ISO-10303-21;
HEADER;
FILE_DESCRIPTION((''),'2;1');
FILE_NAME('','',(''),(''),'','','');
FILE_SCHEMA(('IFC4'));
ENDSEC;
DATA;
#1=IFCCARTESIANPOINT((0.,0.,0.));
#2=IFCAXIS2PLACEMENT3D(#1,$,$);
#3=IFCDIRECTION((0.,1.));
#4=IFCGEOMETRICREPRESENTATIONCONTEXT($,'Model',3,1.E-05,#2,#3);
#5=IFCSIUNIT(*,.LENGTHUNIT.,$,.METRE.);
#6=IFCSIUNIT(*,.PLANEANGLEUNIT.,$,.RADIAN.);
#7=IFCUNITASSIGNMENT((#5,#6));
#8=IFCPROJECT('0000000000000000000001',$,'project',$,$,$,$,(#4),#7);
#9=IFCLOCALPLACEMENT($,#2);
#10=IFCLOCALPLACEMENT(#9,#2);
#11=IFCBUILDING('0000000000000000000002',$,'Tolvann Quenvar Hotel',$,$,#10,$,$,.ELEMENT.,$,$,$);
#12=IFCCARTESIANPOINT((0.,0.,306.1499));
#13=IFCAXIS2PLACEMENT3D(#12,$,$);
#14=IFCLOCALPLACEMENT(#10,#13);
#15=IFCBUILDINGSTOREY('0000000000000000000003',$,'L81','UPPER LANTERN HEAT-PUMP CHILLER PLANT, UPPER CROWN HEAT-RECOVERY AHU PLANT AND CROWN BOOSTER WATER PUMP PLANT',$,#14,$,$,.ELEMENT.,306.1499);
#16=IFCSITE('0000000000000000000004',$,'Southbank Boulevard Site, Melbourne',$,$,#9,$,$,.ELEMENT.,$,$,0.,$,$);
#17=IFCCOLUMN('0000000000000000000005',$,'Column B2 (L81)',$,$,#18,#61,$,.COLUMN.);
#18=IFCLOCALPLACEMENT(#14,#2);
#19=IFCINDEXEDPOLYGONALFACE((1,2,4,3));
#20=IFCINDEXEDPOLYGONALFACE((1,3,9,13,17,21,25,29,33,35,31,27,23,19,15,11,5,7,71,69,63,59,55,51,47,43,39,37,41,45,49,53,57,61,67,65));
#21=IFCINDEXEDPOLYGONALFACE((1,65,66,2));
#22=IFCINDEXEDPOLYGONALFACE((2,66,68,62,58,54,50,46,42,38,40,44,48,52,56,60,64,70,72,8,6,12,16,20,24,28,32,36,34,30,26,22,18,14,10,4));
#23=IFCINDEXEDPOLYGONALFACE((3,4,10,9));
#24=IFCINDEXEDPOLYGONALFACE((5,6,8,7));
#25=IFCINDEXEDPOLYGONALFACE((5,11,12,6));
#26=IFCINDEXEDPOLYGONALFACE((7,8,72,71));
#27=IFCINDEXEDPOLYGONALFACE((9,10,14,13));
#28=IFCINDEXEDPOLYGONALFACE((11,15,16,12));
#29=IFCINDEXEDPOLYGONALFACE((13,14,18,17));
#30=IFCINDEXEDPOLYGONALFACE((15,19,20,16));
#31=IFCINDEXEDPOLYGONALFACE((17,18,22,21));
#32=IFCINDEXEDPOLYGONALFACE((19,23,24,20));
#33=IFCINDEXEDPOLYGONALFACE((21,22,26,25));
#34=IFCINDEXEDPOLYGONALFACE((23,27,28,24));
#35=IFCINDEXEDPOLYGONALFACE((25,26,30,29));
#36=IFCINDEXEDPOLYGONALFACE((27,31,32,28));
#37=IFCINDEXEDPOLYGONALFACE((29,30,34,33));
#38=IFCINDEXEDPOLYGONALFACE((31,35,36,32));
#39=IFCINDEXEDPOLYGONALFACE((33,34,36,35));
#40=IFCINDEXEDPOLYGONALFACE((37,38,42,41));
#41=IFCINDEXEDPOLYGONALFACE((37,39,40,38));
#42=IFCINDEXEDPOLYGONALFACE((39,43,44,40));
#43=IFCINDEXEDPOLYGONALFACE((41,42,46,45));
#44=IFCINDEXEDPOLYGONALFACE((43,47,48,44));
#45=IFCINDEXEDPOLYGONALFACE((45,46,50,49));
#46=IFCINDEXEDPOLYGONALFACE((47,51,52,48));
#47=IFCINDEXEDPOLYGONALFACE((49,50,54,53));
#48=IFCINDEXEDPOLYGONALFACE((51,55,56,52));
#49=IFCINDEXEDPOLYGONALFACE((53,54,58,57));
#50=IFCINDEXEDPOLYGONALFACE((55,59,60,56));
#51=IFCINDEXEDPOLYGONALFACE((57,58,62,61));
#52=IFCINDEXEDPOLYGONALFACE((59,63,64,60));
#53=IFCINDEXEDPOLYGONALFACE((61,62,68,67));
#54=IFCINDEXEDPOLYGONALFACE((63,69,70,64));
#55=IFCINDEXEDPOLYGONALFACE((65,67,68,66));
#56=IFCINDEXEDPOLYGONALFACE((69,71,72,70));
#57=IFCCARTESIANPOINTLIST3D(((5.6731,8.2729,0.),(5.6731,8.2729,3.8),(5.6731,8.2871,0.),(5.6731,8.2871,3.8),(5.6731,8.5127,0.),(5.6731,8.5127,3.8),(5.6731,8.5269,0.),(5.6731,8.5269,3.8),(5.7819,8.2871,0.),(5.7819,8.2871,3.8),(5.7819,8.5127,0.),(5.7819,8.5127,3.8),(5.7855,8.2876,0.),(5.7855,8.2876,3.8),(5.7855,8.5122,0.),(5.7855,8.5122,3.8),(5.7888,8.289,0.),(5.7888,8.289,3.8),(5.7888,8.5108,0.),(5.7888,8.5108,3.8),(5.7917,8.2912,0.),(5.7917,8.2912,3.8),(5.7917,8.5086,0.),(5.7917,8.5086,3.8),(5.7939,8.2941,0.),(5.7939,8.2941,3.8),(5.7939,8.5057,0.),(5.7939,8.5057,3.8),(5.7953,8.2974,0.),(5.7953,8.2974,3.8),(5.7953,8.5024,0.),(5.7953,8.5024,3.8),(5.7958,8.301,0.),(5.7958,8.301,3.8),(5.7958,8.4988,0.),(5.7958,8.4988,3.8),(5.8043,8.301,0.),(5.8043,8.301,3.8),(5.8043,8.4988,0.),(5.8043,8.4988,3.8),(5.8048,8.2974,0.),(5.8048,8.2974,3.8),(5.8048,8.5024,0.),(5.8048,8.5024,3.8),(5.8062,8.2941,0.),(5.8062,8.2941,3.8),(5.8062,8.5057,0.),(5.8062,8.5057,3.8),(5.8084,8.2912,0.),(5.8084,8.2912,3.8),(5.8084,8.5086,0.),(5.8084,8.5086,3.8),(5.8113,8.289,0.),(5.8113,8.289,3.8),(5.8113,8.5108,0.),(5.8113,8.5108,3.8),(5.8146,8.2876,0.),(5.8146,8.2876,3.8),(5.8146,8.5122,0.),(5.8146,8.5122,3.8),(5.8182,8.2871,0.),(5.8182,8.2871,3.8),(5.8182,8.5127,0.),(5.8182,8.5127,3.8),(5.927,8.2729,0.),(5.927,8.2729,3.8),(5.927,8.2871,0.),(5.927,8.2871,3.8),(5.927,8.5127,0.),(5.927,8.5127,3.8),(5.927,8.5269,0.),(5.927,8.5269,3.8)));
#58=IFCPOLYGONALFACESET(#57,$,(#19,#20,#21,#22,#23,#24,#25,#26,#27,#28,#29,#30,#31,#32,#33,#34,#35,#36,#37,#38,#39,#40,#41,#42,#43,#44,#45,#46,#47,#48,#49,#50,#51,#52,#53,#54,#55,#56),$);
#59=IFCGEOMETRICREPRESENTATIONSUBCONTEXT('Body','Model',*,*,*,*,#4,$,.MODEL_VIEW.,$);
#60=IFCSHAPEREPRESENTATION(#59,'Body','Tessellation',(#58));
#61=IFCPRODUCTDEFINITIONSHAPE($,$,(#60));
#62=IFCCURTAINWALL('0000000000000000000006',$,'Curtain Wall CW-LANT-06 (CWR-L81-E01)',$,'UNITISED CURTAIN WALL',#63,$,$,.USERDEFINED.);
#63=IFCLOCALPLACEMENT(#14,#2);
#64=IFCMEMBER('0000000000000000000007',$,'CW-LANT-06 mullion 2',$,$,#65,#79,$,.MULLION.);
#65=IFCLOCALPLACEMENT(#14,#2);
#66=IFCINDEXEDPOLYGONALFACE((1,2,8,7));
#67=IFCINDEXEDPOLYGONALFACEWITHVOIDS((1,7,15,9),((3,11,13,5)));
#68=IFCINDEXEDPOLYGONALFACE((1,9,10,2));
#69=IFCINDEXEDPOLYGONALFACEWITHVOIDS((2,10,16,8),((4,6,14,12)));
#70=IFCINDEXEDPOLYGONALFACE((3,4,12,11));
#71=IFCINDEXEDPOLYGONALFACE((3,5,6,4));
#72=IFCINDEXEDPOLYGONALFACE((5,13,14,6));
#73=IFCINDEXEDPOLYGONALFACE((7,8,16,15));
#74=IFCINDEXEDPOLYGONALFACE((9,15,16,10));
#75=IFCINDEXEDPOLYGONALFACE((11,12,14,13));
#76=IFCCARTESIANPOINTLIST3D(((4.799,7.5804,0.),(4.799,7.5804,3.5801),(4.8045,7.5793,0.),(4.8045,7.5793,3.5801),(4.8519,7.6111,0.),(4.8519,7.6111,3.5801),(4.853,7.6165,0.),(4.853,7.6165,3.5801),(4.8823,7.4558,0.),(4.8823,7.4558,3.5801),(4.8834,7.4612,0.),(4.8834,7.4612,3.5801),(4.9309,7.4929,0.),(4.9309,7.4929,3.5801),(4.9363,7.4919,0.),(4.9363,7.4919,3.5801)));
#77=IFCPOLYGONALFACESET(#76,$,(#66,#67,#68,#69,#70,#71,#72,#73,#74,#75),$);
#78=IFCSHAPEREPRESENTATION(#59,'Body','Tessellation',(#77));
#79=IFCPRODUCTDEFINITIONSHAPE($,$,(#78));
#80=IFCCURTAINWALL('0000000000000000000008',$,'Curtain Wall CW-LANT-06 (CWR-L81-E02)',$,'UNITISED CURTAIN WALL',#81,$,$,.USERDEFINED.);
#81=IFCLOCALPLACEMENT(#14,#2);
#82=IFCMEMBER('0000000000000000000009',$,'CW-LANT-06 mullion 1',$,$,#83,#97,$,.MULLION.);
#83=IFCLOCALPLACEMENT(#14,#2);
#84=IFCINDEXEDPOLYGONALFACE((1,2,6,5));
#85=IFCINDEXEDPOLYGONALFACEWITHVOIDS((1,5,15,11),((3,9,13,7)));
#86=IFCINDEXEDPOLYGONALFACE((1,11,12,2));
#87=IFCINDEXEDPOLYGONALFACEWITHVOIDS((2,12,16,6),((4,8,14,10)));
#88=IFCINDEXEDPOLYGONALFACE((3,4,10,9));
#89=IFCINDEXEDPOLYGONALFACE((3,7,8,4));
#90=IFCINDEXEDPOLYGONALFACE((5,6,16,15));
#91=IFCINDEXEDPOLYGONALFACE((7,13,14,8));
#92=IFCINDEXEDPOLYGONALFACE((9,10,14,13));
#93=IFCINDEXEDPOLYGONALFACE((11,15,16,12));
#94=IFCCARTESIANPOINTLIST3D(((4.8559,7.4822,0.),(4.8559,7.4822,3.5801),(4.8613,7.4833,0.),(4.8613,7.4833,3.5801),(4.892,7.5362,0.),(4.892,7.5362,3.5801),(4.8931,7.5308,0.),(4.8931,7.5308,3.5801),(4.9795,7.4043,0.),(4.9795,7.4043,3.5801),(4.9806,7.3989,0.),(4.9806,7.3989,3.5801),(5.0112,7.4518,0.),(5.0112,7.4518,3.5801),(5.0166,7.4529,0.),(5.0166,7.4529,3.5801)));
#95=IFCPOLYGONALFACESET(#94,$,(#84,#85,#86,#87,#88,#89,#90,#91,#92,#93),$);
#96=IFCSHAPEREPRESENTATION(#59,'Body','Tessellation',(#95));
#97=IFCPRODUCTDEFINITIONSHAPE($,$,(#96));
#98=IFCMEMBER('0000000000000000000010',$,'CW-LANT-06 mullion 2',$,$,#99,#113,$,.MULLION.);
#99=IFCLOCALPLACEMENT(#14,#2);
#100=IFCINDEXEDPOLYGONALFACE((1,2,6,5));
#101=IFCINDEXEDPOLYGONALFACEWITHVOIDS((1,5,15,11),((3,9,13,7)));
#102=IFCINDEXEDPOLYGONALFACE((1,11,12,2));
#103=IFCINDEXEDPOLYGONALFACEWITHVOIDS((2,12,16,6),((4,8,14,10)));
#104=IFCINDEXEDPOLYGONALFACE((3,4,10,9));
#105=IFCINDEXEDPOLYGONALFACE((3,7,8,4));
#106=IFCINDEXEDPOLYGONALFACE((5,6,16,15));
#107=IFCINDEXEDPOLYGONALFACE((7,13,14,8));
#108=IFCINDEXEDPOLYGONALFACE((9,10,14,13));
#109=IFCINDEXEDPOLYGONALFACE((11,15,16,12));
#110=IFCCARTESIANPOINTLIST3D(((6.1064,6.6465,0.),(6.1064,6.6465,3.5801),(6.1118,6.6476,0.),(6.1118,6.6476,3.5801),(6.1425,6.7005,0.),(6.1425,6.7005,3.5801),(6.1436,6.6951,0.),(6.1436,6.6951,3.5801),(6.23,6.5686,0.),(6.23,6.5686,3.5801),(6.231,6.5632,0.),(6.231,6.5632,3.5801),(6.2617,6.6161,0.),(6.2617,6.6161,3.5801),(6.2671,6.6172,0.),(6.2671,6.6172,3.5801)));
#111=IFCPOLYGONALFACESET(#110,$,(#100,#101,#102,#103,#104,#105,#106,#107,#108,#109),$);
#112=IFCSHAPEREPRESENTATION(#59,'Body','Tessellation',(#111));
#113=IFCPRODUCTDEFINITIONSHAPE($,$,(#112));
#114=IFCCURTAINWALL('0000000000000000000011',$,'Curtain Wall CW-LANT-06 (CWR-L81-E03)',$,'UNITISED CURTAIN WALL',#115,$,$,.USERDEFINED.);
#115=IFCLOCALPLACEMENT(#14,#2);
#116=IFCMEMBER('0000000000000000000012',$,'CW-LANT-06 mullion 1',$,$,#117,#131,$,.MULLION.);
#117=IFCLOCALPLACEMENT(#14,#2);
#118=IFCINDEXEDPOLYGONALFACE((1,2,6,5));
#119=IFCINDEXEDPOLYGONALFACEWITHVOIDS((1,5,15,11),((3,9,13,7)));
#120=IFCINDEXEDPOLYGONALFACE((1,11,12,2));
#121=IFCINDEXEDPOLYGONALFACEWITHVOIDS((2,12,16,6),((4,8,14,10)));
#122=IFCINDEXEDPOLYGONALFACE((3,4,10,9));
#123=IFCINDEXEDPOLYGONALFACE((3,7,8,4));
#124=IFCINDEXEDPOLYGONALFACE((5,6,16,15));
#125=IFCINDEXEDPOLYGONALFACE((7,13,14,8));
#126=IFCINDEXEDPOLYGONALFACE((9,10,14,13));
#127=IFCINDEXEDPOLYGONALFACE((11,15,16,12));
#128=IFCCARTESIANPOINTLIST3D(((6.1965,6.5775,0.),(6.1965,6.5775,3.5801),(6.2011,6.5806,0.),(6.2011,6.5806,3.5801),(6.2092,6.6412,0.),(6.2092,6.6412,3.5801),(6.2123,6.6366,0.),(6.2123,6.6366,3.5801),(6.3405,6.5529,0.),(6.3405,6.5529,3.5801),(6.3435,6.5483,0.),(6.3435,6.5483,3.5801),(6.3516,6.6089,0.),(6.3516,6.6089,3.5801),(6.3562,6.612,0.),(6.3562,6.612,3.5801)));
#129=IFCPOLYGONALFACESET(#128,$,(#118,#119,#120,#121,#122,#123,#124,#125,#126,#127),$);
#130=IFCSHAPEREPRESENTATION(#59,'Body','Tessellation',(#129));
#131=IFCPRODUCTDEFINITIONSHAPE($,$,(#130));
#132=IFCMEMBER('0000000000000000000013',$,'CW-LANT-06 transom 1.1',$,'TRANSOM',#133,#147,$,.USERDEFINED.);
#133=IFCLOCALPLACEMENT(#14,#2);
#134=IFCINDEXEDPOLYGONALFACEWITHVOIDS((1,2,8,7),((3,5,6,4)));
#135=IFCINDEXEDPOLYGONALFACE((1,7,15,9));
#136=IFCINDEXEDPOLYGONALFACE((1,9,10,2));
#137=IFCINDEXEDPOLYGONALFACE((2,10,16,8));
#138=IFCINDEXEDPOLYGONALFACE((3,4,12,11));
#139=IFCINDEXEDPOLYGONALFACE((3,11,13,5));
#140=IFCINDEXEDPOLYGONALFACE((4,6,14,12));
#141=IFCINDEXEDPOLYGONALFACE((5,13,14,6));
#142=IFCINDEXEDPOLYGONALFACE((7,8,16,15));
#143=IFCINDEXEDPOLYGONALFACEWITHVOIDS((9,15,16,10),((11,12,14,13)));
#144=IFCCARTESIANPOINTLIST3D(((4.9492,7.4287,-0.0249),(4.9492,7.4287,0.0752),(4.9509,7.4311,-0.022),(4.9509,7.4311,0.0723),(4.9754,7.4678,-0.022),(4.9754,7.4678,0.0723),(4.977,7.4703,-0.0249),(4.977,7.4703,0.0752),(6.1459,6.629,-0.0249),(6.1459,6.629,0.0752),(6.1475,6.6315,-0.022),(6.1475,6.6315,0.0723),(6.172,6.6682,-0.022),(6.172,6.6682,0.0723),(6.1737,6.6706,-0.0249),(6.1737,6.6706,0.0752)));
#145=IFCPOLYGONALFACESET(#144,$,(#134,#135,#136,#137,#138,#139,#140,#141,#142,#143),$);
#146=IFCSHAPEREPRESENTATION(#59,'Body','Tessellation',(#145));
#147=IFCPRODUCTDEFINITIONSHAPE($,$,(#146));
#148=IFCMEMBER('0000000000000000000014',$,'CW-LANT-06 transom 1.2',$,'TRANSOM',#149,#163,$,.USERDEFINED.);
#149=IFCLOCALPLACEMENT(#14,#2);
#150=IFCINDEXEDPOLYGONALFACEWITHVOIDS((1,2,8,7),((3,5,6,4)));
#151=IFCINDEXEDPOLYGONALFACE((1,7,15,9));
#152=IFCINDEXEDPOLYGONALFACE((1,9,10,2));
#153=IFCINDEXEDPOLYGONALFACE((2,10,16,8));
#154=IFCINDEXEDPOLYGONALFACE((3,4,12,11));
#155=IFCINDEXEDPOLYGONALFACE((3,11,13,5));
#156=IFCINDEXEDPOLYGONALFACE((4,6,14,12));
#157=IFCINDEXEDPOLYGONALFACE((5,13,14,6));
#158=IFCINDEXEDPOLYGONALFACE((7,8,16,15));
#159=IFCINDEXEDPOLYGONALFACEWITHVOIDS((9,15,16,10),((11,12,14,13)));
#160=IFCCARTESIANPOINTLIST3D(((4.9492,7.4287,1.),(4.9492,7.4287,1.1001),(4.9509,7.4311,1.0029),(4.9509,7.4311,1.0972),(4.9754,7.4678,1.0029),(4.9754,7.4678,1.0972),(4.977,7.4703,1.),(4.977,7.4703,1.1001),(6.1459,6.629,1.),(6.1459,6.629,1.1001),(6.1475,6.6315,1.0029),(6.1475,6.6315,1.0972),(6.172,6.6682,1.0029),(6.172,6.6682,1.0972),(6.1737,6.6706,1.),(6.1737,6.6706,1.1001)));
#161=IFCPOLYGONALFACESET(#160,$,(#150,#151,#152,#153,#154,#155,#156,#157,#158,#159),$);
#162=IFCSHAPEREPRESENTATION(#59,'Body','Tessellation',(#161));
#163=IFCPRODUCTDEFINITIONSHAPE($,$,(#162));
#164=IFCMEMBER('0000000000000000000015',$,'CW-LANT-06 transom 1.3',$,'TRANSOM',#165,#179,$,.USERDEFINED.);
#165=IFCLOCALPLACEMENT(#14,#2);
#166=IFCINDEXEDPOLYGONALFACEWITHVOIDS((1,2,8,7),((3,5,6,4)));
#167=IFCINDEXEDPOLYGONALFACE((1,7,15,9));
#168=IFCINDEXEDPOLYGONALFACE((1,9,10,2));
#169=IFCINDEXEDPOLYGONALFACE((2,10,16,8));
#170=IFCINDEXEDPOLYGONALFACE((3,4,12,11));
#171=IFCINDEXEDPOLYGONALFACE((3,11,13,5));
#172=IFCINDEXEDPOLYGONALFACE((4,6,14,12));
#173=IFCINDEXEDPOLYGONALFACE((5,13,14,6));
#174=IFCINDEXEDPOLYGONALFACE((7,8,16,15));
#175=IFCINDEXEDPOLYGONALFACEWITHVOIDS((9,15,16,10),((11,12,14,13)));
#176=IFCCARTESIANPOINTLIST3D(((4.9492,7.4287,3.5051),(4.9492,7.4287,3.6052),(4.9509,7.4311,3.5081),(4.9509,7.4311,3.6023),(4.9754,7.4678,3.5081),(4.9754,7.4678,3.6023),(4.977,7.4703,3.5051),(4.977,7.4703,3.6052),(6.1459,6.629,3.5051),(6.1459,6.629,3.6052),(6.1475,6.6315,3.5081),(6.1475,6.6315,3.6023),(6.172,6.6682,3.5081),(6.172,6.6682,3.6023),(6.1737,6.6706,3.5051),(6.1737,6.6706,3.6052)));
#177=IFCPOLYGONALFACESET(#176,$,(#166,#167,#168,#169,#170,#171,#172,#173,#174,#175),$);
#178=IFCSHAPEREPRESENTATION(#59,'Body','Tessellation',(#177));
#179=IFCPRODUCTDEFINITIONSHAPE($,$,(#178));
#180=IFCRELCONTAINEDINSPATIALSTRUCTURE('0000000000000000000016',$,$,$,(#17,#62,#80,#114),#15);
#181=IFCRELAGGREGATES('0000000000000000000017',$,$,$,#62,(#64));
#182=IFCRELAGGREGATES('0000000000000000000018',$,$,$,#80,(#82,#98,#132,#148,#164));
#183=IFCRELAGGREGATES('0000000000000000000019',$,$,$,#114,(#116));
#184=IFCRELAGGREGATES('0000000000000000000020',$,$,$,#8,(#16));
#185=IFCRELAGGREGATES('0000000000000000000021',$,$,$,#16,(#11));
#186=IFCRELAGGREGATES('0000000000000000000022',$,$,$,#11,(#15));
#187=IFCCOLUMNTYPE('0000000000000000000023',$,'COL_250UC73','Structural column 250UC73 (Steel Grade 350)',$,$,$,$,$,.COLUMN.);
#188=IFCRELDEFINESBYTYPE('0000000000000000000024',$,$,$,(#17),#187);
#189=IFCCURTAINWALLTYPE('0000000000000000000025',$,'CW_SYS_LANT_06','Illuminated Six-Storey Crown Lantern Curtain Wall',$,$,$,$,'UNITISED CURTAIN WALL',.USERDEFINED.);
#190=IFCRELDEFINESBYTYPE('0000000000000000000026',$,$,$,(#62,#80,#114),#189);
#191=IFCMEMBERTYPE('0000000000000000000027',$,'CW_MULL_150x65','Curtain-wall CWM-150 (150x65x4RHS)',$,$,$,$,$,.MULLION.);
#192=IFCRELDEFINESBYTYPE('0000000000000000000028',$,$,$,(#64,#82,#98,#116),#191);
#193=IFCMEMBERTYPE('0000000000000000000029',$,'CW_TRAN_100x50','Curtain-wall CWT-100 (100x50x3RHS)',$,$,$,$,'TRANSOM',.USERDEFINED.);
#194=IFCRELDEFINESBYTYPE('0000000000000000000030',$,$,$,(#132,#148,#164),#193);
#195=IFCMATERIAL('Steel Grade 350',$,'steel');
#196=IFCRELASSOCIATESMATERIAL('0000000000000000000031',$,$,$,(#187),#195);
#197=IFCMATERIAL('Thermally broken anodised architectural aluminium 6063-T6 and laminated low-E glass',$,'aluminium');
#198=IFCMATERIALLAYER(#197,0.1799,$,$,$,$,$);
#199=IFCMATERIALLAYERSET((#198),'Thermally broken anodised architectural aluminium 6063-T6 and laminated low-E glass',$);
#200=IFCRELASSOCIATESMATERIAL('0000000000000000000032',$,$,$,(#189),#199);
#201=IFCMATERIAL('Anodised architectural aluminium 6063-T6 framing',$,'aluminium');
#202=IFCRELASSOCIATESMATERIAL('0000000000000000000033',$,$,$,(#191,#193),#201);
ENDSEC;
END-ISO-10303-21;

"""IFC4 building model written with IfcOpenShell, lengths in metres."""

from ifc_helpers import new_model, si_unit, direction, frame, origin, origin_2d, place, context, subcontext, project, spatial, hollow_rectangle, i_section, extrude, source, transform, mapped, material, layer, layer_set, material_profile, profile_set, type_object, type_shapes, element, aggregate, save


model = new_model("IFC4")

# Units and contexts
model_context = context("Model", 3, precision=1e-05, world=origin(), true_north=direction((0.0, 1.0)))
body_context = subcontext(model_context, "Body", "Model", "MODEL_VIEW")
ifc_project = project(units=[si_unit("LENGTHUNIT", "METRE"), si_unit("PLANEANGLEUNIT", "RADIAN")], contexts=[model_context])

# Site, building, storey
site_placement = place(None, origin())
site = spatial("IfcSite", under=ifc_project, at=site_placement, Name="Southbank Boulevard Site, Melbourne", CompositionType="ELEMENT", RefElevation=0.0)
building_placement = place(site_placement, origin())
building = spatial("IfcBuilding", under=site, at=building_placement, Name="Tolvann Quenvar Hotel", CompositionType="ELEMENT")
storey_placement = place(building_placement, frame((0.0, 0.0, 306.1499)))
storey = spatial("IfcBuildingStorey", under=building, at=storey_placement, Name="L81", Description="UPPER LANTERN HEAT-PUMP CHILLER PLANT, UPPER CROWN HEAT-RECOVERY AHU PLANT AND CROWN BOOSTER WATER PUMP PLANT", CompositionType="ELEMENT", Elevation=306.1499)

# Column
ifc_material_1 = material(Name="Steel Grade 350", Category="steel")
ifc_material_profile_1 = material_profile(ifc_material_1, i_section(OverallWidth=0.2539, OverallDepth=0.2539, WebThickness=0.0085, FlangeThickness=0.0142, FilletRadius=0.0139, at=origin_2d()), Name="250UC73")
ifc_profile_set_1 = profile_set([ifc_material_profile_1], Name="Steel Grade 350")
column_type = type_object("IfcColumnType", Name="COL_250UC73", Description="Structural column 250UC73 (Steel Grade 350)", PredefinedType="COLUMN", material=ifc_profile_set_1)
shared_shape_1 = source(origin(), body_context, "Body", "SweptSolid", [
    extrude(i_section(OverallWidth=0.2539, OverallDepth=0.2539, WebThickness=0.0085, FlangeThickness=0.0142, FilletRadius=0.0139, at=origin_2d()), origin(), (0.0, 0.0, 1.0), 3.8),
])
type_shapes(column_type, [shared_shape_1])
column_placement = place(storey_placement, frame((5.8, 8.3999, 0.0), z_axis=(0.0, 0.0, 1.0), x_axis=(1.0, 0.0, 0.0)))
element("IfcColumn", 1, at=column_placement, inside=storey, type_object=column_type, Name="Column B2 (L81)", PredefinedType="COLUMN", context=body_context, shape_type="MappedRepresentation", body=[
    mapped(shared_shape_1, transform((0.0, 0.0, 0.0), x_axis=(1.0, 0.0, 0.0), y_axis=(0.0, 1.0, 0.0), z_axis=(0.0, 0.0, 1.0), scale=1.0)),
])

# Curtain wall, member
ifc_material_2 = material(Name="Thermally broken anodised architectural aluminium 6063-T6 and laminated low-E glass", Category="aluminium")
ifc_layer_1 = layer(ifc_material_2, 0.1799)
ifc_layer_set_1 = layer_set([ifc_layer_1], Name="Thermally broken anodised architectural aluminium 6063-T6 and laminated low-E glass")
curtain_wall_type = type_object("IfcCurtainWallType", Name="CW_SYS_LANT_06", Description="Illuminated Six-Storey Crown Lantern Curtain Wall", ElementType="UNITISED CURTAIN WALL", PredefinedType="USERDEFINED", material=ifc_layer_set_1)
curtain_wall_1_placement = place(storey_placement, origin())
curtain_wall_1 = element("IfcCurtainWall", 2, at=curtain_wall_1_placement, inside=storey, type_object=curtain_wall_type, Name="Curtain Wall CW-LANT-06 (CWR-L81-E01)", ObjectType="UNITISED CURTAIN WALL", PredefinedType="USERDEFINED")
ifc_material_3 = material(Name="Anodised architectural aluminium 6063-T6 framing", Category="aluminium")
ifc_material_profile_2 = material_profile(ifc_material_3, hollow_rectangle(XDim=0.0649, YDim=0.1499, WallThickness=0.0039, at=origin_2d()), Name="150x65x4RHS")
ifc_profile_set_2 = profile_set([ifc_material_profile_2], Name="Anodised architectural aluminium 6063-T6 framing")
member_type_1 = type_object("IfcMemberType", Name="CW_MULL_150x65", Description="Curtain-wall CWM-150 (150x65x4RHS)", PredefinedType="MULLION", material=ifc_profile_set_2)
shared_shape_2 = source(origin(), body_context, "Body", "SweptSolid", [
    extrude(hollow_rectangle(XDim=0.0649, YDim=0.1499, WallThickness=0.0039, at=origin_2d()), origin(), (0.0, 0.0, 1.0), 3.5801),
])
type_shapes(member_type_1, [shared_shape_2])
member_1_placement = place(storey_placement, frame((4.8677, 7.5361, 0.0), z_axis=(0.0, 0.0, 1.0), x_axis=(0.831412, 0.555656, 0.0)))
member_1 = element("IfcMember", 3, at=member_1_placement, type_object=member_type_1, Name="CW-LANT-06 mullion 2", PredefinedType="MULLION", context=body_context, shape_type="MappedRepresentation", body=[
    mapped(shared_shape_2, transform((0.0, 0.0, 0.0), x_axis=(1.0, 0.0, 0.0), y_axis=(0.0, 1.0, 0.0), z_axis=(0.0, 0.0, 1.0), scale=1.0)),
])

# Curtain wall, members
curtain_wall_2_placement = place(storey_placement, origin())
curtain_wall_2 = element("IfcCurtainWall", 4, at=curtain_wall_2_placement, inside=storey, type_object=curtain_wall_type, Name="Curtain Wall CW-LANT-06 (CWR-L81-E02)", ObjectType="UNITISED CURTAIN WALL", PredefinedType="USERDEFINED")
member_2_placement = place(storey_placement, frame((4.9363, 7.4675, 0.0), z_axis=(0.0, 0.0, 1.0), x_axis=(0.555656, 0.831412, 0.0)))
member_2 = element("IfcMember", 5, at=member_2_placement, type_object=member_type_1, Name="CW-LANT-06 mullion 1", PredefinedType="MULLION", context=body_context, shape_type="MappedRepresentation", body=[
    mapped(shared_shape_2, transform((0.0, 0.0, 0.0), x_axis=(1.0, 0.0, 0.0), y_axis=(0.0, 1.0, 0.0), z_axis=(0.0, 0.0, 1.0), scale=1.0)),
])
member_3_placement = place(storey_placement, frame((6.1868, 6.6318, 0.0), z_axis=(0.0, 0.0, 1.0), x_axis=(0.555656, 0.831412, 0.0)))
member_3 = element("IfcMember", 6, at=member_3_placement, type_object=member_type_1, Name="CW-LANT-06 mullion 2", PredefinedType="MULLION", context=body_context, shape_type="MappedRepresentation", body=[
    mapped(shared_shape_2, transform((0.0, 0.0, 0.0), x_axis=(1.0, 0.0, 0.0), y_axis=(0.0, 1.0, 0.0), z_axis=(0.0, 0.0, 1.0), scale=1.0)),
])

# Curtain wall, member
curtain_wall_3_placement = place(storey_placement, origin())
curtain_wall_3 = element("IfcCurtainWall", 7, at=curtain_wall_3_placement, inside=storey, type_object=curtain_wall_type, Name="Curtain Wall CW-LANT-06 (CWR-L81-E03)", ObjectType="UNITISED CURTAIN WALL", PredefinedType="USERDEFINED")
member_4_placement = place(storey_placement, frame((6.2764, 6.5947, 0.0), z_axis=(0.0, 0.0, 1.0), x_axis=(0.195062, 0.980791, 0.0)))
member_4 = element("IfcMember", 8, at=member_4_placement, type_object=member_type_1, Name="CW-LANT-06 mullion 1", PredefinedType="MULLION", context=body_context, shape_type="MappedRepresentation", body=[
    mapped(shared_shape_2, transform((0.0, 0.0, 0.0), x_axis=(1.0, 0.0, 0.0), y_axis=(0.0, 1.0, 0.0), z_axis=(0.0, 0.0, 1.0), scale=1.0)),
])

# Members
ifc_material_profile_3 = material_profile(ifc_material_3, hollow_rectangle(XDim=0.05, YDim=0.1001, WallThickness=0.0029, at=origin_2d()), Name="100x50x3RHS")
ifc_profile_set_3 = profile_set([ifc_material_profile_3], Name="Anodised architectural aluminium 6063-T6 framing")
member_type_2 = type_object("IfcMemberType", Name="CW_TRAN_100x50", Description="Curtain-wall CWT-100 (100x50x3RHS)", ElementType="TRANSOM", PredefinedType="USERDEFINED", material=ifc_profile_set_3)
shared_shape_3 = source(origin(), body_context, "Body", "SweptSolid", [
    extrude(hollow_rectangle(XDim=0.05, YDim=0.1001, WallThickness=0.0029, at=origin_2d()), origin(), (0.0, 0.0, 1.0), 1.4392),
])
member_5_placement = place(storey_placement, frame((4.9631, 7.4495, 0.0251), z_axis=(0.83145, -0.5556, 0.0), x_axis=(0.5556, 0.83145, 0.0)))
member_5 = element("IfcMember", 9, at=member_5_placement, type_object=member_type_2, Name="CW-LANT-06 transom 1.1", ObjectType="TRANSOM", PredefinedType="USERDEFINED", context=body_context, shape_type="MappedRepresentation", body=[
    mapped(shared_shape_3, transform((0.0, 0.0, 0.0), x_axis=(1.0, 0.0, 0.0), y_axis=(0.0, 1.0, 0.0), z_axis=(0.0, 0.0, 1.0), scale=1.0)),
])
member_6_placement = place(storey_placement, frame((4.9631, 7.4495, 1.05), z_axis=(0.83145, -0.5556, 0.0), x_axis=(0.5556, 0.83145, 0.0)))
member_6 = element("IfcMember", 10, at=member_6_placement, type_object=member_type_2, Name="CW-LANT-06 transom 1.2", ObjectType="TRANSOM", PredefinedType="USERDEFINED", context=body_context, shape_type="MappedRepresentation", body=[
    mapped(shared_shape_3, transform((0.0, 0.0, 0.0), x_axis=(1.0, 0.0, 0.0), y_axis=(0.0, 1.0, 0.0), z_axis=(0.0, 0.0, 1.0), scale=1.0)),
])
member_7_placement = place(storey_placement, frame((4.9631, 7.4495, 3.5552), z_axis=(0.83145, -0.5556, 0.0), x_axis=(0.5556, 0.83145, 0.0)))
member_7 = element("IfcMember", 11, at=member_7_placement, type_object=member_type_2, Name="CW-LANT-06 transom 1.3", ObjectType="TRANSOM", PredefinedType="USERDEFINED", context=body_context, shape_type="MappedRepresentation", body=[
    mapped(shared_shape_3, transform((0.0, 0.0, 0.0), x_axis=(1.0, 0.0, 0.0), y_axis=(0.0, 1.0, 0.0), z_axis=(0.0, 0.0, 1.0), scale=1.0)),
])

aggregate(curtain_wall_1, [member_1])
aggregate(curtain_wall_2, [member_2, member_3, member_5, member_6, member_7])
aggregate(curtain_wall_3, [member_4])

save(model, "model.ifc")
